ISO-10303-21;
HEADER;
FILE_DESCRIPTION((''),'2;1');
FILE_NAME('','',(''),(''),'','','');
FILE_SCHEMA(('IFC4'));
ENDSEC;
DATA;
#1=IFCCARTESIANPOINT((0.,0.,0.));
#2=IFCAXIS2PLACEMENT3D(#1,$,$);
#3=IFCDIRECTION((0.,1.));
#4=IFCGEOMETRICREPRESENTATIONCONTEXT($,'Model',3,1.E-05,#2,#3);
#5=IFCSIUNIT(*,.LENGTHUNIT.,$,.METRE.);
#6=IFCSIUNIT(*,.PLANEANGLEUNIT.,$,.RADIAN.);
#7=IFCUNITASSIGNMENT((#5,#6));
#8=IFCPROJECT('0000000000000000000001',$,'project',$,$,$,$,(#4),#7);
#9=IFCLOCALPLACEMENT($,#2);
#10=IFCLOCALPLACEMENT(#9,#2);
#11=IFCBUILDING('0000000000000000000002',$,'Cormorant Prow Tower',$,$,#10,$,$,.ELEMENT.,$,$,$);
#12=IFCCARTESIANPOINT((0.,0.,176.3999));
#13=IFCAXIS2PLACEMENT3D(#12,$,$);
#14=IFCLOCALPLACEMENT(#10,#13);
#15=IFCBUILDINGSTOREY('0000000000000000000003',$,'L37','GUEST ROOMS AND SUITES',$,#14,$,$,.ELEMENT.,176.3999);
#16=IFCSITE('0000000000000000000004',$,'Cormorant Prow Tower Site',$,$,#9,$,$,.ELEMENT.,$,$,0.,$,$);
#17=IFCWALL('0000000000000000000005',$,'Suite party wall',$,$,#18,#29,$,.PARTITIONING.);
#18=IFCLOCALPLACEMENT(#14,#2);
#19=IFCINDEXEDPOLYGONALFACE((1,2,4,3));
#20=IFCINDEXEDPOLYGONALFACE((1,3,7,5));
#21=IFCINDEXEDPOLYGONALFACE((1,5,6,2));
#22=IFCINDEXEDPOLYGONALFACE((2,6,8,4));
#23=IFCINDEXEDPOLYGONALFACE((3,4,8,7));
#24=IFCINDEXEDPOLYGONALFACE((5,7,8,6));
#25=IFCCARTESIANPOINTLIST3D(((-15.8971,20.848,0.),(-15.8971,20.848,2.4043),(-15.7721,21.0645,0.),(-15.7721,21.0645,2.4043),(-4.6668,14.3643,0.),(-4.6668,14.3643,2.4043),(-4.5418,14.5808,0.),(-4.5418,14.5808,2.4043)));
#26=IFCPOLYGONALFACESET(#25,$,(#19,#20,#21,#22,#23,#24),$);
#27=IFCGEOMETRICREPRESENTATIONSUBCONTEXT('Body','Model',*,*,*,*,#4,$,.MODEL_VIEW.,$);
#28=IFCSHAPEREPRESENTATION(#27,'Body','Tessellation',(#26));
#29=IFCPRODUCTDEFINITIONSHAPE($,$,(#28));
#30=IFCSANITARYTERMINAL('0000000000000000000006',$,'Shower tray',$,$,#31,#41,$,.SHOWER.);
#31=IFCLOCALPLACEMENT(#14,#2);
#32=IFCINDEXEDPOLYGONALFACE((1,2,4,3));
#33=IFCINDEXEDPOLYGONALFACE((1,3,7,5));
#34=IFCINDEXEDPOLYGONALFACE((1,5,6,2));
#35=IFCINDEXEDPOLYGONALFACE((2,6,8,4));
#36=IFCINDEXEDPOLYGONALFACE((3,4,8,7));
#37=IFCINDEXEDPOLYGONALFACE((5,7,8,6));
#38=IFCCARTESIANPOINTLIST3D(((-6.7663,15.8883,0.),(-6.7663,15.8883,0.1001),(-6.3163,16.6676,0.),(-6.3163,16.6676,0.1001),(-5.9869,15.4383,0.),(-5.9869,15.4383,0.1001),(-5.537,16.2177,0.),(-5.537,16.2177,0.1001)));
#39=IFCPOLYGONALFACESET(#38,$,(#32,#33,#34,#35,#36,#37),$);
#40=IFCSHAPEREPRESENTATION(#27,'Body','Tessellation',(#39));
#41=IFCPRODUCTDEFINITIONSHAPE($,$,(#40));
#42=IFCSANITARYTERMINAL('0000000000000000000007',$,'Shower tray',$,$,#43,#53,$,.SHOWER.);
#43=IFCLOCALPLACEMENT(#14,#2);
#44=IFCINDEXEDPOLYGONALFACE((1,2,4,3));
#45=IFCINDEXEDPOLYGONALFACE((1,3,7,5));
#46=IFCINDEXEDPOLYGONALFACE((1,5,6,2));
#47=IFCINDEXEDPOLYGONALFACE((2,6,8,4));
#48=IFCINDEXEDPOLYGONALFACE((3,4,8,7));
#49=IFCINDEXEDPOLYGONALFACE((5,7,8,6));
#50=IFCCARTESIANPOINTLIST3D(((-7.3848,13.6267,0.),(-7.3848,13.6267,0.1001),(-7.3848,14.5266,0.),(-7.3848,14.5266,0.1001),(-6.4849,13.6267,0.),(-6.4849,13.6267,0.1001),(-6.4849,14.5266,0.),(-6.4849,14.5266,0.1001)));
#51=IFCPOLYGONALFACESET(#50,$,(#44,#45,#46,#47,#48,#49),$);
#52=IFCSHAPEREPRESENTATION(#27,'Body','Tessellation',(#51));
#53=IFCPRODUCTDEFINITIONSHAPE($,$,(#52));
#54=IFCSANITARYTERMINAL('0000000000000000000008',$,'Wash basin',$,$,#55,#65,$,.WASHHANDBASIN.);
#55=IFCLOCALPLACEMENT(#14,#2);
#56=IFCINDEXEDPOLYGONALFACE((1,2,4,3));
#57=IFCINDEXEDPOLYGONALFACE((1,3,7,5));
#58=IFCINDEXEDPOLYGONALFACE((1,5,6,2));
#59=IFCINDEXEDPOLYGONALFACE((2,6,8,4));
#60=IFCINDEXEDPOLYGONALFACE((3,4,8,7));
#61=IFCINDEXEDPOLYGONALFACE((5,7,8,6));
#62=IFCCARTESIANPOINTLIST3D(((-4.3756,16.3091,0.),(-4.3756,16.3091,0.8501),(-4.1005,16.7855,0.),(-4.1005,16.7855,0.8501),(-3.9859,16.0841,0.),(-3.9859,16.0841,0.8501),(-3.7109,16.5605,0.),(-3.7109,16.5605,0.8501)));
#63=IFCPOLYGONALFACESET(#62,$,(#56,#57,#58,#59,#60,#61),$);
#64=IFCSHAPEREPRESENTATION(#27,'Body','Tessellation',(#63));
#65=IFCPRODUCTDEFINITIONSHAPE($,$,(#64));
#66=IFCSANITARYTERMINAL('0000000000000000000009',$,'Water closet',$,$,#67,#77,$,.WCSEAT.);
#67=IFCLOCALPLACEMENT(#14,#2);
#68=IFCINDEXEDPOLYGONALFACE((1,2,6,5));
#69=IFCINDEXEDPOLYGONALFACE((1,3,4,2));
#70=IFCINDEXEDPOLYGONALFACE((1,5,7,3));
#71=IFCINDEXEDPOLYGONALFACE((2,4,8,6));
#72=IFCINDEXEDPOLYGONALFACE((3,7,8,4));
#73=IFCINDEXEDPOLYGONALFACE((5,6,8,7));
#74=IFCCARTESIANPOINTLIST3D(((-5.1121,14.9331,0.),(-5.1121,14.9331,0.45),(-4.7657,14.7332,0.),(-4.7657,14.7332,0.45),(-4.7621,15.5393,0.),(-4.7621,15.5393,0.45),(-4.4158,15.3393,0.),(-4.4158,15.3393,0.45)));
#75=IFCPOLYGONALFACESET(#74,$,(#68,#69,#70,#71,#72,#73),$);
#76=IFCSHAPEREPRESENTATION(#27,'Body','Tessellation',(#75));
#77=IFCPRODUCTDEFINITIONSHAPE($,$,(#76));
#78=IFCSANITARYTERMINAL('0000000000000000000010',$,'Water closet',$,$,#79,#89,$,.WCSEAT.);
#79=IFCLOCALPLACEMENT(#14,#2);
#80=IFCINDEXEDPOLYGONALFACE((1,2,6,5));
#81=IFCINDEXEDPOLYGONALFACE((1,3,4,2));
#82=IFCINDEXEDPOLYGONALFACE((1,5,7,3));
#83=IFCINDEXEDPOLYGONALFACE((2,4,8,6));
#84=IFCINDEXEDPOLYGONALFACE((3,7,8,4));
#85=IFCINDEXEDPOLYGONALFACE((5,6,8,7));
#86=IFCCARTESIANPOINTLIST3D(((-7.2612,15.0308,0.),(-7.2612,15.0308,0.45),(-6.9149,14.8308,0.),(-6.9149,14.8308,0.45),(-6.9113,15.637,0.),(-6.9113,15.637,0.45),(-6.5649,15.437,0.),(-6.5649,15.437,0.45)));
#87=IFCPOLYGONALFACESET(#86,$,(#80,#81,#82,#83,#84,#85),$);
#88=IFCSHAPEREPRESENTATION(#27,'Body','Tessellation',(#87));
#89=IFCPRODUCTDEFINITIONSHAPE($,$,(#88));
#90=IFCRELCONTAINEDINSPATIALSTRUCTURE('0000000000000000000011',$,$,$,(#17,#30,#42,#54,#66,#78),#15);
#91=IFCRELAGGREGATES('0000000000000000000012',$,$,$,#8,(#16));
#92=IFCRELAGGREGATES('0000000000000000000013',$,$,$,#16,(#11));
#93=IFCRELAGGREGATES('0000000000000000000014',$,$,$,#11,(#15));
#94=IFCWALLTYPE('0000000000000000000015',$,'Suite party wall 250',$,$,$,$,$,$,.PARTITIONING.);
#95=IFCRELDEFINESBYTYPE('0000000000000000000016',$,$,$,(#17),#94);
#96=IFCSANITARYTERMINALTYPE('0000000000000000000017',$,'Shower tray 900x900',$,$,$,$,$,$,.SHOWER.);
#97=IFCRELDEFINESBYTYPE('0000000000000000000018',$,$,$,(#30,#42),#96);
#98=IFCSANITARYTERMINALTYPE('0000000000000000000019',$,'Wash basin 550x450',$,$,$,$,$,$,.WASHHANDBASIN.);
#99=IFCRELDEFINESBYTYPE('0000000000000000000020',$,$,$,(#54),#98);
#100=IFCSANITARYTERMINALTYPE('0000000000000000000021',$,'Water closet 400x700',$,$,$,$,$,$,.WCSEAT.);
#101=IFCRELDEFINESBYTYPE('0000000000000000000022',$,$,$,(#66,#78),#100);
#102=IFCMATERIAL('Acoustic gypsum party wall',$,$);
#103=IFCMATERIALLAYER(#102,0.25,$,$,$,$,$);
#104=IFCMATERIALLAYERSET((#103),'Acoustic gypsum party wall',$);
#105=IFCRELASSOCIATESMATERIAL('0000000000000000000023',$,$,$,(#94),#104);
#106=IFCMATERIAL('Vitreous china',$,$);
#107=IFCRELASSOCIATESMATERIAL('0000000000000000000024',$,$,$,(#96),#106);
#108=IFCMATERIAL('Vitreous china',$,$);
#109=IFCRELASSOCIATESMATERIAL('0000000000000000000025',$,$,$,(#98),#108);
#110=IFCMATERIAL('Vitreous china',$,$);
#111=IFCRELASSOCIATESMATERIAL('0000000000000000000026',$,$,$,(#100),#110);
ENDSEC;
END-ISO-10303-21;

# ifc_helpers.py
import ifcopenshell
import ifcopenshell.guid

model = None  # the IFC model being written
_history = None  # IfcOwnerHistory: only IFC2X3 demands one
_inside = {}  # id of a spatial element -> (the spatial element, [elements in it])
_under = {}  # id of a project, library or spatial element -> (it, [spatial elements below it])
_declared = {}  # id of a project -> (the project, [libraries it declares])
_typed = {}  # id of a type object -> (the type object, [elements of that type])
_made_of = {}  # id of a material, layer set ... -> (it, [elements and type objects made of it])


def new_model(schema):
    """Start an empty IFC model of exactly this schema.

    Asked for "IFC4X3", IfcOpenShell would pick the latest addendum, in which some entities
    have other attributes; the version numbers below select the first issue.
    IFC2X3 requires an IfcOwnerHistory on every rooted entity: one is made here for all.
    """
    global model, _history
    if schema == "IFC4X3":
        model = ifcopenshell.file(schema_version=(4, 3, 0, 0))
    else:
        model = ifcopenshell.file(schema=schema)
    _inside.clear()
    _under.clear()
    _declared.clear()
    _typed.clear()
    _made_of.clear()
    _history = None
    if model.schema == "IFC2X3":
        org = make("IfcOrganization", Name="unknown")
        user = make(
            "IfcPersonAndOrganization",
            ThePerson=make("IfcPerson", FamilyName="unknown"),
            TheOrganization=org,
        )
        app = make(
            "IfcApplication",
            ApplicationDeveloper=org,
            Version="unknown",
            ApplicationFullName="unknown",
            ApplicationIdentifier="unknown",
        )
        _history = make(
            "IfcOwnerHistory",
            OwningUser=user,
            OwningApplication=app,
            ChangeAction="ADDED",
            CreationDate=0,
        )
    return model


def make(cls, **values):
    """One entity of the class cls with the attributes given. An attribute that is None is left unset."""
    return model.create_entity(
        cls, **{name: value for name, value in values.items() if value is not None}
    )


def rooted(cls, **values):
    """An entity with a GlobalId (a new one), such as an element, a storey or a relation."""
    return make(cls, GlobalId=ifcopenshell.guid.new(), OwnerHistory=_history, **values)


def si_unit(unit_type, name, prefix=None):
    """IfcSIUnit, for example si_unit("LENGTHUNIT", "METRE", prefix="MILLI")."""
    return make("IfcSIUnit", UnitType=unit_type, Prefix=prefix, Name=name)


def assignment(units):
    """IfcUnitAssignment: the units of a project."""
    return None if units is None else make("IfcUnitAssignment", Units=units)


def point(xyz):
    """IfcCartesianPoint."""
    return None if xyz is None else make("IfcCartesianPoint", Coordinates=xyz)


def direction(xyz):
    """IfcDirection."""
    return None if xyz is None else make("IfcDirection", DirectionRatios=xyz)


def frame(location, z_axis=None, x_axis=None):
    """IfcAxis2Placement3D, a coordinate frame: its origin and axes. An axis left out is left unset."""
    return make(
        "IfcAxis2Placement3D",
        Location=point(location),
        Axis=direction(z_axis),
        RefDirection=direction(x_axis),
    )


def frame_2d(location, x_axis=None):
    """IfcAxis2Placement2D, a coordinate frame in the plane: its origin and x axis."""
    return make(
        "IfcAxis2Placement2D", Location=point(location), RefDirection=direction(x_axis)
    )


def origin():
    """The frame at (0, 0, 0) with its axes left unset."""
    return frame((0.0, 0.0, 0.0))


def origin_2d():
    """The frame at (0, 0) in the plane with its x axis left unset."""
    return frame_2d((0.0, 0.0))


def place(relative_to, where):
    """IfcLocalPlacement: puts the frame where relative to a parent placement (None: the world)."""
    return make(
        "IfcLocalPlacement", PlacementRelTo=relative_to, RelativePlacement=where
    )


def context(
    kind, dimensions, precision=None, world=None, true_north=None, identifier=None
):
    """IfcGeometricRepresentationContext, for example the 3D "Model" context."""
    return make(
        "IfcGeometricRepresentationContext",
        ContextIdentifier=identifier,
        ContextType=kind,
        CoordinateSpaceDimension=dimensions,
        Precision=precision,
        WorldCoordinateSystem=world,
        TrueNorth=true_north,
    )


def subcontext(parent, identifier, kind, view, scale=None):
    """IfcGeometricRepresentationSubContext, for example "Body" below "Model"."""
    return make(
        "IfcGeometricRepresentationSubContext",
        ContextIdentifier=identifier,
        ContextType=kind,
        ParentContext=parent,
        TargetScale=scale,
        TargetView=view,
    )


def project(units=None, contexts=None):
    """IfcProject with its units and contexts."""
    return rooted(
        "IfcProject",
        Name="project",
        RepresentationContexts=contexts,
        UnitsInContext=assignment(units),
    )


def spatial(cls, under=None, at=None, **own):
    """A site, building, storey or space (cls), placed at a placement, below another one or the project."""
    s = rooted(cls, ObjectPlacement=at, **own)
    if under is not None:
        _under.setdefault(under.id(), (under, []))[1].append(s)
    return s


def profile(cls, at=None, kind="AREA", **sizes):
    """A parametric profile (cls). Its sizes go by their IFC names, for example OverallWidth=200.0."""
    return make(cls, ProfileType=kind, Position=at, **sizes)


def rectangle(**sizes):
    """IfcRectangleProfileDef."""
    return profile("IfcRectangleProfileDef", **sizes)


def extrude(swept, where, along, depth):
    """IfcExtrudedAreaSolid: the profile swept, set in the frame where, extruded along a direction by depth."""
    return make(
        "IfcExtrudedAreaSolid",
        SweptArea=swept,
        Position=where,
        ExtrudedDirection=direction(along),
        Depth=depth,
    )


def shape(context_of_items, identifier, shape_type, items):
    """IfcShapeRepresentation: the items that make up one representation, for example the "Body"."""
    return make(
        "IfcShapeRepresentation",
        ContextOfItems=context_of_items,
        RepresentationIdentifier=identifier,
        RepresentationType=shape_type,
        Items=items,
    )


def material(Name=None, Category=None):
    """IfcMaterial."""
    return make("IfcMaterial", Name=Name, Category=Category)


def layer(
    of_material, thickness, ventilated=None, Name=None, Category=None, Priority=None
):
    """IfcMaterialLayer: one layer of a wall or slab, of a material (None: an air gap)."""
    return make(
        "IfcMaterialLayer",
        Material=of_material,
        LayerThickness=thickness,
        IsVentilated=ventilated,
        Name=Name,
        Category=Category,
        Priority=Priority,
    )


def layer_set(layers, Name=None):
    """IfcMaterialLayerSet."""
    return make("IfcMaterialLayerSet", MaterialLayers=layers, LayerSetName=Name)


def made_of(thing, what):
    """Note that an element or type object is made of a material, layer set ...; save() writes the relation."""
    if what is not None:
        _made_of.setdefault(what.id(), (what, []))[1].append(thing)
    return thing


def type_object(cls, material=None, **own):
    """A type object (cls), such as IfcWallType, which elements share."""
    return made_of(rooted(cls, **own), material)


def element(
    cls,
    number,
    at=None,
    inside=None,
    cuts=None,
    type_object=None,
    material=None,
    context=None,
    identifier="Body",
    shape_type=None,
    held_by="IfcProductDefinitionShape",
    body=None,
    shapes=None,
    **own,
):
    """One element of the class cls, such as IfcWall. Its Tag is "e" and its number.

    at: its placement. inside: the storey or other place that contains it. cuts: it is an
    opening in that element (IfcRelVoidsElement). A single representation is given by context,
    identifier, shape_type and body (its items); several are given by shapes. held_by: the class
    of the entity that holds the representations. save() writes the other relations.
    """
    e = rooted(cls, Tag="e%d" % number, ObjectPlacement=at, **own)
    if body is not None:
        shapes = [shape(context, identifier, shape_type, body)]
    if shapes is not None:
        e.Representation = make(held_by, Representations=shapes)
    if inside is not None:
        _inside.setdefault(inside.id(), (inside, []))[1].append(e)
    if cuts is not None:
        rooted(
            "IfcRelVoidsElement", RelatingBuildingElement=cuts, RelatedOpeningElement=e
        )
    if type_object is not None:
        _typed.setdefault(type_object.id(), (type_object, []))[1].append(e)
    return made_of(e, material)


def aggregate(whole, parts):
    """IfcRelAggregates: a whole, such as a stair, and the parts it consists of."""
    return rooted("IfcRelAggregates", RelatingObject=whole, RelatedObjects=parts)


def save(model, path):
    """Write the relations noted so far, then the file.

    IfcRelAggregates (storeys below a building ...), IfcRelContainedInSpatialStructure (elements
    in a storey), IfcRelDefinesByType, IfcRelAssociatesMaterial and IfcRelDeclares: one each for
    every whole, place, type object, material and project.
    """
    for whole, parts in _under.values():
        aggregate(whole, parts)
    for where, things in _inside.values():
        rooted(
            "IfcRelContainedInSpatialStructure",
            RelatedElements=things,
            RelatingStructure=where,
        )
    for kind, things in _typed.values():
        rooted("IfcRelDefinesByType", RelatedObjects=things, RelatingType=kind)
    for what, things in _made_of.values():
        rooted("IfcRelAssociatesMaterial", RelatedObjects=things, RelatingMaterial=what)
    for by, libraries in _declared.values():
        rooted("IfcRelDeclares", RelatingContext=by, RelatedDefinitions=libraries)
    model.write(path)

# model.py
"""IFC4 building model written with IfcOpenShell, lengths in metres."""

from ifc_helpers import new_model, si_unit, direction, frame, frame_2d, origin, origin_2d, place, context, subcontext, project, spatial, rectangle, extrude, material, layer, layer_set, type_object, element, save


model = new_model("IFC4")

# Units and contexts
model_context = context("Model", 3, precision=1e-05, world=origin(), true_north=direction((0.0, 1.0)))
body_context = subcontext(model_context, "Body", "Model", "MODEL_VIEW")
ifc_project = project(units=[si_unit("LENGTHUNIT", "METRE"), si_unit("PLANEANGLEUNIT", "RADIAN")], contexts=[model_context])

# Site, building, storey
site_placement = place(None, origin())
site = spatial("IfcSite", under=ifc_project, at=site_placement, Name="Cormorant Prow Tower Site", CompositionType="ELEMENT", RefElevation=0.0)
building_placement = place(site_placement, origin())
building = spatial("IfcBuilding", under=site, at=building_placement, Name="Cormorant Prow Tower", CompositionType="ELEMENT")
storey_placement = place(building_placement, frame((0.0, 0.0, 176.3999)))
storey = spatial("IfcBuildingStorey", under=building, at=storey_placement, Name="L37", Description="GUEST ROOMS AND SUITES", CompositionType="ELEMENT", Elevation=176.3999)

# Wall
ifc_material_1 = material(Name="Acoustic gypsum party wall")
ifc_layer_1 = layer(ifc_material_1, 0.25)
ifc_layer_set_1 = layer_set([ifc_layer_1], Name="Acoustic gypsum party wall")
wall_type_1 = type_object("IfcWallType", Name="Suite party wall 250", PredefinedType="PARTITIONING", material=ifc_layer_set_1)
wall_1_placement = place(storey_placement, frame((-15.8347, 20.9563, 0.0), z_axis=(0.0, 0.0, 1.0), x_axis=(0.86603, -0.499992, 0.0)))
element("IfcWall", 1, at=wall_1_placement, inside=storey, type_object=wall_type_1, Name="Suite party wall", PredefinedType="PARTITIONING", context=body_context, shape_type="SweptSolid", body=[
    extrude(rectangle(XDim=12.9675, YDim=0.25, at=frame_2d((6.4839, 0.0))), origin(), (0.0, 0.0, 1.0), 2.4043),
])

# Sanitary terminals
ifc_material_2 = material(Name="Vitreous china")
sanitary_terminal_type_1 = type_object("IfcSanitaryTerminalType", Name="Shower tray 900x900", PredefinedType="SHOWER", material=ifc_material_2)
for number, where, z_axis, x_axis, name in (
    (2, (-6.1516, 16.053, 0.0), (0.0, 0.0, 1.0), (0.5, 0.866025, 0.0), "Shower tray"),
    (3, (-6.9348, 14.0767, 0.0), (0.0, 0.0, 1.0), (1.0, 0.0, 0.0), "Shower tray"),
):
    element("IfcSanitaryTerminal", number, at=place(storey_placement, frame(where, z_axis=z_axis, x_axis=x_axis)), inside=storey, type_object=sanitary_terminal_type_1, Name=name, PredefinedType="SHOWER", context=body_context, shape_type="SweptSolid", body=[
        extrude(rectangle(XDim=0.8999, YDim=0.8999, at=origin_2d()), origin(), (0.0, 0.0, 1.0), 0.1001),
    ])
ifc_material_3 = material(Name="Vitreous china")
sanitary_terminal_type_2 = type_object("IfcSanitaryTerminalType", Name="Wash basin 550x450", PredefinedType="WASHHANDBASIN", material=ifc_material_3)
sanitary_terminal_placement = place(storey_placement, frame((-4.0432, 16.4348, 0.0), z_axis=(0.0, 0.0, 1.0), x_axis=(-0.5, -0.866025, 0.0)))
element("IfcSanitaryTerminal", 4, at=sanitary_terminal_placement, inside=storey, type_object=sanitary_terminal_type_2, Name="Wash basin", PredefinedType="WASHHANDBASIN", context=body_context, shape_type="SweptSolid", body=[
    extrude(rectangle(XDim=0.55, YDim=0.45, at=origin_2d()), origin(), (0.0, 0.0, 1.0), 0.8501),
])
ifc_material_4 = material(Name="Vitreous china")
sanitary_terminal_type_3 = type_object("IfcSanitaryTerminalType", Name="Water closet 400x700", PredefinedType="WCSEAT", material=ifc_material_4)
for number, where, z_axis, x_axis, name in (
    (5, (-4.7639, 15.1362, 0.0), (0.0, 0.0, 1.0), (-0.866025, 0.5, 0.0), "Water closet"),
    (6, (-6.9131, 15.2339, 0.0), (0.0, 0.0, 1.0), (0.866025, -0.5, 0.0), "Water closet"),
):
    element("IfcSanitaryTerminal", number, at=place(storey_placement, frame(where, z_axis=z_axis, x_axis=x_axis)), inside=storey, type_object=sanitary_terminal_type_3, Name=name, PredefinedType="WCSEAT", context=body_context, shape_type="SweptSolid", body=[
        extrude(rectangle(XDim=0.3999, YDim=0.7, at=origin_2d()), origin(), (0.0, 0.0, 1.0), 0.45),
    ])

save(model, "model.ifc")
